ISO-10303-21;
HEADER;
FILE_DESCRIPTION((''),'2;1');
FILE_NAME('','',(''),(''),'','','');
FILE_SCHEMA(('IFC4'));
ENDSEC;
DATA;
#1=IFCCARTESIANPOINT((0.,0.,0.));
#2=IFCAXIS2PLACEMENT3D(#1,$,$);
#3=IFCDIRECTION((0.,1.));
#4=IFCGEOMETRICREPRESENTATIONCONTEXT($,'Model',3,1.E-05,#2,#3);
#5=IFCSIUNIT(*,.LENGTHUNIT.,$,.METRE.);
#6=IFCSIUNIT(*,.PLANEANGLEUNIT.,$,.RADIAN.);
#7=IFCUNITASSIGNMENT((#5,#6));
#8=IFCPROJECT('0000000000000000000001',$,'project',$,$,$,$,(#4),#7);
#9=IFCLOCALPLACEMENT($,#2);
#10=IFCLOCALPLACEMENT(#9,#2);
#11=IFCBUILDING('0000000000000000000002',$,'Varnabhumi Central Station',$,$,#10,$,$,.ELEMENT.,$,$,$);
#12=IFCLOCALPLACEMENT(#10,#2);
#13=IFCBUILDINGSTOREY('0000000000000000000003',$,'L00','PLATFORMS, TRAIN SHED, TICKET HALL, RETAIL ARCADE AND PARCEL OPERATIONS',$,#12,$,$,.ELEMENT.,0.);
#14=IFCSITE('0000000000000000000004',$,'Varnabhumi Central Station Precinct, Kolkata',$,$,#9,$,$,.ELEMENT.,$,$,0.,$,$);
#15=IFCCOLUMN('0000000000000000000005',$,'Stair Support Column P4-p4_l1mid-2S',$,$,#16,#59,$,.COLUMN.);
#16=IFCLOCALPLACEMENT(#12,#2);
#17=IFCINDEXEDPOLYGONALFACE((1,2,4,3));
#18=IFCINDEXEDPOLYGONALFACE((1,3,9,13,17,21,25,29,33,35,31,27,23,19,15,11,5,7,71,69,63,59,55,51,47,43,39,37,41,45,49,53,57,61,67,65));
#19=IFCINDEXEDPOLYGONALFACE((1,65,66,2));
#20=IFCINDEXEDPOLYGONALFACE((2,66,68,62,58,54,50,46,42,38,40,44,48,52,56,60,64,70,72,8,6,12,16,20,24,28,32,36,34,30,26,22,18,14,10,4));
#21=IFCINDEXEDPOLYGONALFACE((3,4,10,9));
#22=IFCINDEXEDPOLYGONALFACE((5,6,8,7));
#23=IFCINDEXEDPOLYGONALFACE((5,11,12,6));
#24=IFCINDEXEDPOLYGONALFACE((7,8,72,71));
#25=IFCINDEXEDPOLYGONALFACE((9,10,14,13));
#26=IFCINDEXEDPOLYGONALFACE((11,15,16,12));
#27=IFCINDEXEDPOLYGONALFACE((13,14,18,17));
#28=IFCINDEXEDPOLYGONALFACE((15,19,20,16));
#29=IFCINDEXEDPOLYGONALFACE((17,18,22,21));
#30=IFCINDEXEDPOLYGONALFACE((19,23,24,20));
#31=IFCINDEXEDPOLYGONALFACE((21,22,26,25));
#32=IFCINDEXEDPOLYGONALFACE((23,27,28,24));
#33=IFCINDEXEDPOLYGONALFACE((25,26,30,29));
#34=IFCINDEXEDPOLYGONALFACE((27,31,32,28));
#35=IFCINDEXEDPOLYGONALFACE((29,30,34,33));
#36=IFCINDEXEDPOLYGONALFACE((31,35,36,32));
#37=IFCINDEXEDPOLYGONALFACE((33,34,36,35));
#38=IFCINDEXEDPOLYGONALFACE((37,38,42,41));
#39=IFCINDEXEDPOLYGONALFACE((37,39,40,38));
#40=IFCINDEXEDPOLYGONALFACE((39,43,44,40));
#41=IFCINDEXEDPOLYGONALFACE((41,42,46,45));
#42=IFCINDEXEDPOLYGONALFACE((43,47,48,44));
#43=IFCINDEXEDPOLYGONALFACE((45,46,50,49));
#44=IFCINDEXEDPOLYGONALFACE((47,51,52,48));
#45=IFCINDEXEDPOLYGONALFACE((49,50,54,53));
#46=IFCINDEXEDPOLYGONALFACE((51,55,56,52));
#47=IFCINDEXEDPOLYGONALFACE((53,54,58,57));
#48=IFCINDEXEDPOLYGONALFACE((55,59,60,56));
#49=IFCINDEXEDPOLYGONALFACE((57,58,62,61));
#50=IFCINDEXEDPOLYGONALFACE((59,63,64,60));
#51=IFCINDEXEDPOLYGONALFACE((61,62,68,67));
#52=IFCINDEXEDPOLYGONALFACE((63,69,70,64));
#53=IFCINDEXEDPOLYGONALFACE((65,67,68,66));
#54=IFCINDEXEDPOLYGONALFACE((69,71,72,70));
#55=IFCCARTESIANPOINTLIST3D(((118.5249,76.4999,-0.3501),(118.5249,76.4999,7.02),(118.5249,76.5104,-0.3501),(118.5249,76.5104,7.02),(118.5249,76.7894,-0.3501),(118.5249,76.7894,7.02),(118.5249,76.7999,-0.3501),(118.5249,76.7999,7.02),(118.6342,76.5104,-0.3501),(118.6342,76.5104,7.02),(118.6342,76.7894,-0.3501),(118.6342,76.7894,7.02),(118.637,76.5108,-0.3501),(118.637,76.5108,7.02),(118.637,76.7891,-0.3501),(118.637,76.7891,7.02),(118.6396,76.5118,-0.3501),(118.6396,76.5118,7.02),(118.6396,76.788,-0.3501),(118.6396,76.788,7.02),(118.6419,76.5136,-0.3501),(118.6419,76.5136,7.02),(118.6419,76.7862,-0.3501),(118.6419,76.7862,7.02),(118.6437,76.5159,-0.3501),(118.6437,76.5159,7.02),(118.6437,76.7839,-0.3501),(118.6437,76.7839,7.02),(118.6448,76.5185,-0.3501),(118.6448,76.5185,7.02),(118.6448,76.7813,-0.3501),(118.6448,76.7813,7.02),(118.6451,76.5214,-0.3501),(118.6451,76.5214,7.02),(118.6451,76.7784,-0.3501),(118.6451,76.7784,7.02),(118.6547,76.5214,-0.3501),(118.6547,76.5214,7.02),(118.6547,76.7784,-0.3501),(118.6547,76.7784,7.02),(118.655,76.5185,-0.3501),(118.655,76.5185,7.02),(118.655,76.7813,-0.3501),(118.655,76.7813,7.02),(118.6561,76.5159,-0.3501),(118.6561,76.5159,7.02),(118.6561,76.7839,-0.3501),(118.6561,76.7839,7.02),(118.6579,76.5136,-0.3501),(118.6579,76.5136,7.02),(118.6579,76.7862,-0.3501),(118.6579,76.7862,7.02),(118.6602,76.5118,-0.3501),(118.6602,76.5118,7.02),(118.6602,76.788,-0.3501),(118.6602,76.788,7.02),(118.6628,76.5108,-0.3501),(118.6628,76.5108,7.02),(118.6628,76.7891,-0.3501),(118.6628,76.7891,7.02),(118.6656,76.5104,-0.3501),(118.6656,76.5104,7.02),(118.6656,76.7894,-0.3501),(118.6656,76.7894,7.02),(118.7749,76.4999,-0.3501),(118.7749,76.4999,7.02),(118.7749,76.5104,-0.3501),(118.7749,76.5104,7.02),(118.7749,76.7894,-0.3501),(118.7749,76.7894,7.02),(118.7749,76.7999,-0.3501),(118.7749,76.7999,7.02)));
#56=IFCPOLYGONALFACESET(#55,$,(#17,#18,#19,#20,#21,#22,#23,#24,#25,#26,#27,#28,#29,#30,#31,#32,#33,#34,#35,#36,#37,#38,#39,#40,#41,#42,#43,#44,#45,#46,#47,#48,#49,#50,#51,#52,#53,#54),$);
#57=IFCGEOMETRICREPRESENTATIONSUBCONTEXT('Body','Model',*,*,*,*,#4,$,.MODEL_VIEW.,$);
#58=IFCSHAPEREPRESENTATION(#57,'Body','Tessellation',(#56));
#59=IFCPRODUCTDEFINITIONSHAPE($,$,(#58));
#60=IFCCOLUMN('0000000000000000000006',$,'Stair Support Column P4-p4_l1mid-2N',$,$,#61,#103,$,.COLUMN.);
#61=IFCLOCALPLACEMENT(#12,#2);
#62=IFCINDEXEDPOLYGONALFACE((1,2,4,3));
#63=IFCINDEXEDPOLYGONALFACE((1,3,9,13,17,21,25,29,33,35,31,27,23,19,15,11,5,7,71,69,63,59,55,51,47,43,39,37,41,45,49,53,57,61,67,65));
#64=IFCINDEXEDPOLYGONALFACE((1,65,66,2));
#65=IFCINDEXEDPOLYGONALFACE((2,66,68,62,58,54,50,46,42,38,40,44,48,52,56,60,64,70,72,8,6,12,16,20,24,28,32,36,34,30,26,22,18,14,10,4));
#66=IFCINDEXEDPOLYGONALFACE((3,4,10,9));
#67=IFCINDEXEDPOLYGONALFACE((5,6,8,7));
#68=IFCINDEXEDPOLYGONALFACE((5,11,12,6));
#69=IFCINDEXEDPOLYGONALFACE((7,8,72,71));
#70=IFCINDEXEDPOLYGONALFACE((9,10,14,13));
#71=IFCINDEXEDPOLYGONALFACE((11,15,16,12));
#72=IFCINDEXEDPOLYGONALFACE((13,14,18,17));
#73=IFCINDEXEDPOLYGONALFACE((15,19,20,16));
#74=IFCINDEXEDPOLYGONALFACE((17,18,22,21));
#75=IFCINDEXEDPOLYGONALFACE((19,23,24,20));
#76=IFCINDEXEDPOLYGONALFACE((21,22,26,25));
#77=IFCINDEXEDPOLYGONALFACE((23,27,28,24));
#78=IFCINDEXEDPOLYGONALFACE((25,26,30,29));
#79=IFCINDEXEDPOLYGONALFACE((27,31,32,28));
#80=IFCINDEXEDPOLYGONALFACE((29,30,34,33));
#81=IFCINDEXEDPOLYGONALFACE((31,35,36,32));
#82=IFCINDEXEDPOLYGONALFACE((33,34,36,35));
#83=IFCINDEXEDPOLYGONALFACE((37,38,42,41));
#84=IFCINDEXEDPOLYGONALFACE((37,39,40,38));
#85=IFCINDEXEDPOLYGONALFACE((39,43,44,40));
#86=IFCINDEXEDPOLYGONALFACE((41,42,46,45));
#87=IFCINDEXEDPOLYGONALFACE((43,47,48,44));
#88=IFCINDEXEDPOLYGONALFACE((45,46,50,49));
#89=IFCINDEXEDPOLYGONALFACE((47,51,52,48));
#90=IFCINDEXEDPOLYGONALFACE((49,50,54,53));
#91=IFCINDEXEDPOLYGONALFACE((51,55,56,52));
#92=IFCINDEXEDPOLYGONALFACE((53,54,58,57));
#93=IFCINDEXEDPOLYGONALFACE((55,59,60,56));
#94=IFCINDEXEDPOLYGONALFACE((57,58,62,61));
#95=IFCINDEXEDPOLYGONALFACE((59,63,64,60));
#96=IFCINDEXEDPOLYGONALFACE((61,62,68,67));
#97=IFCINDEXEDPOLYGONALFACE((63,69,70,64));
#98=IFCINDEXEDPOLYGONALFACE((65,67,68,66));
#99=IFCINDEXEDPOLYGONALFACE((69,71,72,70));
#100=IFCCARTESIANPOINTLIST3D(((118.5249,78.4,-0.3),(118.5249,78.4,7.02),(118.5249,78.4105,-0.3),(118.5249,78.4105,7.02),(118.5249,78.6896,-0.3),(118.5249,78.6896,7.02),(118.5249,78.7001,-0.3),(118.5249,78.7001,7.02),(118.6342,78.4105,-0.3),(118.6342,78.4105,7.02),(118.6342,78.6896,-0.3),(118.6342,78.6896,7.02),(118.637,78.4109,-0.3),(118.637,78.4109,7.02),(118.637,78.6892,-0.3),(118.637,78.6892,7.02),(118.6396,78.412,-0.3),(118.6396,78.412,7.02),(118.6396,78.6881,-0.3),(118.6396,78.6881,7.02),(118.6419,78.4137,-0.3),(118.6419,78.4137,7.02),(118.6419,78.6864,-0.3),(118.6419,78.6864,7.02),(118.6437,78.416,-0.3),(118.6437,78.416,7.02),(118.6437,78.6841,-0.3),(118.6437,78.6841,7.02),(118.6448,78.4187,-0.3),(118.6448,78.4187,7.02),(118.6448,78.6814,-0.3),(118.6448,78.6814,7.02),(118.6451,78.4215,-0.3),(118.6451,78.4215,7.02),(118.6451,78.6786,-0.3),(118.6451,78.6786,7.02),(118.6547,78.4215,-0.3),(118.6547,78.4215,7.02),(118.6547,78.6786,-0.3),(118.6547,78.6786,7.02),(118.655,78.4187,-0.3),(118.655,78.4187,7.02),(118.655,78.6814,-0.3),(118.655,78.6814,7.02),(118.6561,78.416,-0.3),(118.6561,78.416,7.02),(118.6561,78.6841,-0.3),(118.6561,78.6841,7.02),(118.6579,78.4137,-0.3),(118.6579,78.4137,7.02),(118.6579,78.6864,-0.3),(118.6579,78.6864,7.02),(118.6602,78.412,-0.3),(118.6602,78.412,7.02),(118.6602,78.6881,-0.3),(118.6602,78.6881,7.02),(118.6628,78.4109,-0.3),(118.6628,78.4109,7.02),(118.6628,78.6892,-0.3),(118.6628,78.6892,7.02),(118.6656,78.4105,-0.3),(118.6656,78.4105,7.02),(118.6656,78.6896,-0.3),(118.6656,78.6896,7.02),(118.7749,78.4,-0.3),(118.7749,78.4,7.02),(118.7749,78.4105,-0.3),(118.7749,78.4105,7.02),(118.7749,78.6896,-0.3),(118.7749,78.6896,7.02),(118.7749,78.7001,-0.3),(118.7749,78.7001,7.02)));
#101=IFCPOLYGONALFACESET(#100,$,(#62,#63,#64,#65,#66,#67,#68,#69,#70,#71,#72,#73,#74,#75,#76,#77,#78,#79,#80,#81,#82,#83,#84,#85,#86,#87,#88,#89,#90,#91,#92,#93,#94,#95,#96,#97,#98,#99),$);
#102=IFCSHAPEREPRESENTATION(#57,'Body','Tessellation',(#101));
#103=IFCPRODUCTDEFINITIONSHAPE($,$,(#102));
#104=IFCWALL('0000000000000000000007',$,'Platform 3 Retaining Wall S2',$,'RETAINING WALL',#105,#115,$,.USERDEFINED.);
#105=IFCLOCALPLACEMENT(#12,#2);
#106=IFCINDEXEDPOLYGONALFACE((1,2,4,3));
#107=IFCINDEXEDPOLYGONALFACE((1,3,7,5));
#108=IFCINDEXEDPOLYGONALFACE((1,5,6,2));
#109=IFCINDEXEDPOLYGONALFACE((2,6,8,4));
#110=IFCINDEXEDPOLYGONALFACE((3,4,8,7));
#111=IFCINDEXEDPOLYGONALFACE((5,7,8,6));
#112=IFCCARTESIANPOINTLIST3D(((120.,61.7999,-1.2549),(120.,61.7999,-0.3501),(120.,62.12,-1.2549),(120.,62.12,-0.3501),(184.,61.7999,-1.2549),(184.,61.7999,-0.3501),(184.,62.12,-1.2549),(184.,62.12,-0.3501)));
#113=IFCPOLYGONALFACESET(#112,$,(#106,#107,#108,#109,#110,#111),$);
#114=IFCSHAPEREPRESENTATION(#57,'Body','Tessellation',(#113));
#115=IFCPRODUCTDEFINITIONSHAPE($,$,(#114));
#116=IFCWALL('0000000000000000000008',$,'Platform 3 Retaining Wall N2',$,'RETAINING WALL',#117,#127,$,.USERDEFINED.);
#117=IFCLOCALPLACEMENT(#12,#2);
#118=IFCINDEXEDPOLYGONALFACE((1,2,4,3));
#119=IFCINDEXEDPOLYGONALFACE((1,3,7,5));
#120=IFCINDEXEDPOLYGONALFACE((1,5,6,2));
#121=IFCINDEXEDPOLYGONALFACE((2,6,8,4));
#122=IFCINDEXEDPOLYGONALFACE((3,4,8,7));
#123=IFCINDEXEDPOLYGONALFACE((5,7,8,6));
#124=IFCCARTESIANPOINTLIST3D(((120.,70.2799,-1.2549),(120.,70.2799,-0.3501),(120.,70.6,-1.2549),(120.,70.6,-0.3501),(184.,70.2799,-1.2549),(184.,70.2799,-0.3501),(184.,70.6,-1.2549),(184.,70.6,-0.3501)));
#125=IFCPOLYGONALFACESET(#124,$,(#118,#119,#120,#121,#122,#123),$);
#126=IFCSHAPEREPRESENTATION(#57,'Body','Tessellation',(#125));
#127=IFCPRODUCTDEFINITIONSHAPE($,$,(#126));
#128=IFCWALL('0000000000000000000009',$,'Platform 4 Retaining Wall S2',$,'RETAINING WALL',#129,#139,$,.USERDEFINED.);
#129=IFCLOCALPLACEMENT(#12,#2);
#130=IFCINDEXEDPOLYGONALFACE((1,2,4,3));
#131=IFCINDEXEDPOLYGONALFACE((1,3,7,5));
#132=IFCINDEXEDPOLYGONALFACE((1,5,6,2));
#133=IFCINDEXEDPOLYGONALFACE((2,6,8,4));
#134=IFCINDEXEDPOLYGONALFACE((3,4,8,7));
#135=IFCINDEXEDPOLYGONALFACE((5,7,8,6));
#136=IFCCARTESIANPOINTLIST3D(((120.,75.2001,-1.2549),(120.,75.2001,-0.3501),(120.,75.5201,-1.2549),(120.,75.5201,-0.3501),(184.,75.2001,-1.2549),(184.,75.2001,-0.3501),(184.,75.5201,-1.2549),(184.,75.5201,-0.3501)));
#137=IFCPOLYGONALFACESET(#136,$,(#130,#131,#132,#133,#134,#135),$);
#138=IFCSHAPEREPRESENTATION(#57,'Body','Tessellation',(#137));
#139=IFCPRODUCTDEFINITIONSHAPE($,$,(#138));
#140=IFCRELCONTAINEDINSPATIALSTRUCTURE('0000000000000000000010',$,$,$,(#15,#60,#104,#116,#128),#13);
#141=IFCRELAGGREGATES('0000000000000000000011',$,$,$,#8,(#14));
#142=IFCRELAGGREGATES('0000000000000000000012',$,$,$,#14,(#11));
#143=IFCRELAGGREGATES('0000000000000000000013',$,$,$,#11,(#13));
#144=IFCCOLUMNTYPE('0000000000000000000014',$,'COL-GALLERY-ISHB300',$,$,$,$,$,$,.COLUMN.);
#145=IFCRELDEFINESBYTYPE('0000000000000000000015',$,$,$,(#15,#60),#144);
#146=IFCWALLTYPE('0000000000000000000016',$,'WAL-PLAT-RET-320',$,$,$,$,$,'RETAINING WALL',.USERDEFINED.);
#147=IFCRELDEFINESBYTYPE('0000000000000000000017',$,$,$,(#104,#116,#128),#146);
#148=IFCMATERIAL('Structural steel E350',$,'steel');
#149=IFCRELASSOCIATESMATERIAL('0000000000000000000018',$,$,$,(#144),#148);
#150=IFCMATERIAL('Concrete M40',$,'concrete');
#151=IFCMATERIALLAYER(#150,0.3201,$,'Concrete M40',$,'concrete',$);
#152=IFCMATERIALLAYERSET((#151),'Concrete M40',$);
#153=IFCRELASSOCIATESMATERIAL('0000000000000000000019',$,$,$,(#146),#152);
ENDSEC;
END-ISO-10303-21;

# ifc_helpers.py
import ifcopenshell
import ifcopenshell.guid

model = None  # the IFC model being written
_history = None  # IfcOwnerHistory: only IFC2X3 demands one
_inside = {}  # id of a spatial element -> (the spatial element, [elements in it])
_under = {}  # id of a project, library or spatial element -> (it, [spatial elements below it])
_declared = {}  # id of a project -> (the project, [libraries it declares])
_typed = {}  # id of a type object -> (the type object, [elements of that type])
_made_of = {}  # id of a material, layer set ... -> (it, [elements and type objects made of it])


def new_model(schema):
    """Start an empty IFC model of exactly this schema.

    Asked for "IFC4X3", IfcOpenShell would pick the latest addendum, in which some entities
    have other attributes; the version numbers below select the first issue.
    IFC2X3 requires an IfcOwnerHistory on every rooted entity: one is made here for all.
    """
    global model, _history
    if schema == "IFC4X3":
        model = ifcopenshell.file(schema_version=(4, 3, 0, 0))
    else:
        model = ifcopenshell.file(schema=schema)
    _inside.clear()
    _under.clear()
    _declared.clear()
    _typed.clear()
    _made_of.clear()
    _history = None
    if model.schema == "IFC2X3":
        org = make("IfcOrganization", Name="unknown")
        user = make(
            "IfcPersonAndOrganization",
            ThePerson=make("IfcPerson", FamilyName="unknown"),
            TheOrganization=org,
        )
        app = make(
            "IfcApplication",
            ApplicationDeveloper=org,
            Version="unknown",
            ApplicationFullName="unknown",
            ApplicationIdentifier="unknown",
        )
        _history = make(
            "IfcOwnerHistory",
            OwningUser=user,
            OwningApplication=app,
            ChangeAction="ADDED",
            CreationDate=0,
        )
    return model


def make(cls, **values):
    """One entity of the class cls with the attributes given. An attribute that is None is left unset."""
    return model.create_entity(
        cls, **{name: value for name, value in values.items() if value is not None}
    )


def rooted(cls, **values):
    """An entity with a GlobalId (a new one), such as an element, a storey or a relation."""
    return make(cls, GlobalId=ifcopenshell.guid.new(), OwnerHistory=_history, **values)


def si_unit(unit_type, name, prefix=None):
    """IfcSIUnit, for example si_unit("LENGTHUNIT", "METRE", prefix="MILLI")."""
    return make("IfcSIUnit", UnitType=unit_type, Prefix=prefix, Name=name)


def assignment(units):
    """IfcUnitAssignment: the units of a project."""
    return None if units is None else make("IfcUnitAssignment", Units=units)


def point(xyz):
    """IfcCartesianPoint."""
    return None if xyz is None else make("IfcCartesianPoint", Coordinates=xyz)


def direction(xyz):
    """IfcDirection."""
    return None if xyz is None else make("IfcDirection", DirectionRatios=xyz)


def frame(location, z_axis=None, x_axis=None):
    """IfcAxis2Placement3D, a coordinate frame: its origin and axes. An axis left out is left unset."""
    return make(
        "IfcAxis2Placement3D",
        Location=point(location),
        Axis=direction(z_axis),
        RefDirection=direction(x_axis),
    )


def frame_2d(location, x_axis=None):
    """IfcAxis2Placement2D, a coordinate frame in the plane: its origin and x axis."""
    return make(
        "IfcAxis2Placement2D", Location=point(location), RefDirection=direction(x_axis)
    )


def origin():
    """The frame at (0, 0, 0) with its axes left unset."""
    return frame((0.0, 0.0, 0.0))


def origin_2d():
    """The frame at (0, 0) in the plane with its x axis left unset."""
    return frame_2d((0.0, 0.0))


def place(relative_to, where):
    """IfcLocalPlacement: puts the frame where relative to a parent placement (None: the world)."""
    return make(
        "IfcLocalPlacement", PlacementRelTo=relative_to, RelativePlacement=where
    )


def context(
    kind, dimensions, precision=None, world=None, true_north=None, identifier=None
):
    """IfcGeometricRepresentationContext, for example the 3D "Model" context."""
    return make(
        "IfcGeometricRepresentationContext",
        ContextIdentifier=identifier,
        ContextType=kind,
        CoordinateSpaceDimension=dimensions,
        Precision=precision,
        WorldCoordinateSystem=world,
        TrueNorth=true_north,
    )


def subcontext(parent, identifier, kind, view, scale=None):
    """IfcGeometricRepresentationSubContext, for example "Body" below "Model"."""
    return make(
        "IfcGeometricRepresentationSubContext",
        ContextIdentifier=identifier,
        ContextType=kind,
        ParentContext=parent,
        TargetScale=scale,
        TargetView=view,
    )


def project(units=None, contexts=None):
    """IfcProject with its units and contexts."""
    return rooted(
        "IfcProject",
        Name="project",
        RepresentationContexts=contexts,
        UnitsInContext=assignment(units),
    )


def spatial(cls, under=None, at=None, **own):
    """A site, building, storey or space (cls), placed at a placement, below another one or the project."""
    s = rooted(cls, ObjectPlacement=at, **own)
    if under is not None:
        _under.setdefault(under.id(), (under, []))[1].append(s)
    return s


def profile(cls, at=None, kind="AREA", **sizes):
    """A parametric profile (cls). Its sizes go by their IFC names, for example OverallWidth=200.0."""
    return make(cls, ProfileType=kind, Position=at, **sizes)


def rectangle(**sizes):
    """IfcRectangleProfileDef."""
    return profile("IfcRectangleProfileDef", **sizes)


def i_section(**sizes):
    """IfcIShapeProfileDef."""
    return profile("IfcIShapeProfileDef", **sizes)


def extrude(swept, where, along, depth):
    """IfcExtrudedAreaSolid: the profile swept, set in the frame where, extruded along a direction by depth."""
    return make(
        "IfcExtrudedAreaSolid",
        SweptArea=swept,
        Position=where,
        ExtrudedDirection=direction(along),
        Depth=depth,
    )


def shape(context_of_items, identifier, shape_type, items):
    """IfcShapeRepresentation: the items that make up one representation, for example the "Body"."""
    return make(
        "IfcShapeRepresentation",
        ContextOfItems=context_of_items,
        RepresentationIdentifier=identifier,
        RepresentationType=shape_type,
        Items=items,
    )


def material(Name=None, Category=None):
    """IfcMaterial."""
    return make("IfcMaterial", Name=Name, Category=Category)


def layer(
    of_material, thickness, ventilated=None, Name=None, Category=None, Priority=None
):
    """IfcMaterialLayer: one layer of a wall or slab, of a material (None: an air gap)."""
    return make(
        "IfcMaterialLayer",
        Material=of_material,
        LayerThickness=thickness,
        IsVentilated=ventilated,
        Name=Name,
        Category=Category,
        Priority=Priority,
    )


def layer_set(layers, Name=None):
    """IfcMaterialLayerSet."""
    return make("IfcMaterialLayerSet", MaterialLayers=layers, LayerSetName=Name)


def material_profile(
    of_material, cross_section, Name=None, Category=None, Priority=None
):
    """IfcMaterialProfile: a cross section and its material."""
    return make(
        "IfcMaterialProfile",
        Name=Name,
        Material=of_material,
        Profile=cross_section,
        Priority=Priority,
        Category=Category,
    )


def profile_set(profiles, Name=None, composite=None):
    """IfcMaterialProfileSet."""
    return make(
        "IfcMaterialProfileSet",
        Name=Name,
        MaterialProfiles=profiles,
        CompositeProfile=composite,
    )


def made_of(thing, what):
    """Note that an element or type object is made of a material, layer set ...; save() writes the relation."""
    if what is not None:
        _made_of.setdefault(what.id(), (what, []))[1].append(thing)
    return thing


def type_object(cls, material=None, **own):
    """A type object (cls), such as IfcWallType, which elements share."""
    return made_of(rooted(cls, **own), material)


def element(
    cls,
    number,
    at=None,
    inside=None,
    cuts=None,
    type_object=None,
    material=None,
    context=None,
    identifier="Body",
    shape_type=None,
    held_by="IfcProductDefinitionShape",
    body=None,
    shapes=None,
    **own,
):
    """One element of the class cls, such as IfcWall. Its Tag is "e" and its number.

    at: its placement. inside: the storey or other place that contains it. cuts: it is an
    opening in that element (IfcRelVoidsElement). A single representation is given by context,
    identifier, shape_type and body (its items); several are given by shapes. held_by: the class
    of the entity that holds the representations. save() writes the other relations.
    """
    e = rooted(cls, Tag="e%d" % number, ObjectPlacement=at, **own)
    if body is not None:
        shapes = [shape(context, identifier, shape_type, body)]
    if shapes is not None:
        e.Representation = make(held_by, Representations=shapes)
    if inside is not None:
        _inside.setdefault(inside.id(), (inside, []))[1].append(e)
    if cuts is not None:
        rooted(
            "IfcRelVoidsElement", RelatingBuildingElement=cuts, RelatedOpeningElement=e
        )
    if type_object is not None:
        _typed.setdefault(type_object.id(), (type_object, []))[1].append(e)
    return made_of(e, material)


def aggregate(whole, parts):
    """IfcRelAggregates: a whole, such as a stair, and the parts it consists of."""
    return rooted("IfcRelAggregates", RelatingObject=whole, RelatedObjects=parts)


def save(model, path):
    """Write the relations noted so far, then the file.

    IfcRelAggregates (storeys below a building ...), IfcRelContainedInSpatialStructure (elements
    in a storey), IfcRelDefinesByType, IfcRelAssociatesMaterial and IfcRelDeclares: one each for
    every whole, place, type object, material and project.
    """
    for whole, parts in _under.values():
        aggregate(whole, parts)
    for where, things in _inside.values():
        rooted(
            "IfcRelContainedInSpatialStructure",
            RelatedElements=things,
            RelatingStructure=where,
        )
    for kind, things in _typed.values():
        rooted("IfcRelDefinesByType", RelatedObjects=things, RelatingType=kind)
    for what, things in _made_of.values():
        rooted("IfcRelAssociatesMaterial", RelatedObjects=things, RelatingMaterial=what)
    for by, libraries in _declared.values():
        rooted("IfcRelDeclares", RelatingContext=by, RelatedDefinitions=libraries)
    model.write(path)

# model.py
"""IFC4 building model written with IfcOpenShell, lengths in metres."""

from ifc_helpers import new_model, si_unit, direction, frame, frame_2d, origin, origin_2d, place, context, subcontext, project, spatial, rectangle, i_section, extrude, material, layer, layer_set, material_profile, profile_set, type_object, element, save


model = new_model("IFC4")

# Units and contexts
model_context = context("Model", 3, precision=1e-05, world=origin(), true_north=direction((0.0, 1.0)))
body_context = subcontext(model_context, "Body", "Model", "MODEL_VIEW")
ifc_project = project(units=[si_unit("LENGTHUNIT", "METRE"), si_unit("PLANEANGLEUNIT", "RADIAN")], contexts=[model_context])

# Site, building, storey
site_placement = place(None, origin())
site = spatial("IfcSite", under=ifc_project, at=site_placement, Name="Varnabhumi Central Station Precinct, Kolkata", CompositionType="ELEMENT", RefElevation=0.0)
building_placement = place(site_placement, origin())
building = spatial("IfcBuilding", under=site, at=building_placement, Name="Varnabhumi Central Station", CompositionType="ELEMENT")
storey_placement = place(building_placement, origin())
storey = spatial("IfcBuildingStorey", under=building, at=storey_placement, Name="L00", Description="PLATFORMS, TRAIN SHED, TICKET HALL, RETAIL ARCADE AND PARCEL OPERATIONS", CompositionType="ELEMENT", Elevation=0.0)

# Shared definitions
ifc_material_1 = material(Name="Concrete M40", Category="concrete")

# Columns
ifc_material_2 = material(Name="Structural steel E350", Category="steel")
ifc_material_profile_1 = material_profile(ifc_material_2, i_section(OverallWidth=0.25, OverallDepth=0.3, WebThickness=0.0095, FlangeThickness=0.0105, FilletRadius=0.011, at=origin_2d()), Name="Structural steel E350", Category="steel")
ifc_profile_set_1 = profile_set([ifc_material_profile_1], Name="Structural steel E350")
column_type = type_object("IfcColumnType", Name="COL-GALLERY-ISHB300", PredefinedType="COLUMN", material=ifc_profile_set_1)
for number, where, z_axis, x_axis, name in (
    (1, (118.6499, 76.6499, -0.3501), (0.0, 0.0, 1.0), (1.0, 0.0, 0.0), "Stair Support Column P4-p4_l1mid-2S"),
):
    element("IfcColumn", number, at=place(storey_placement, frame(where, z_axis=z_axis, x_axis=x_axis)), inside=storey, type_object=column_type, Name=name, PredefinedType="COLUMN", context=body_context, shape_type="SweptSolid", body=[
        extrude(i_section(OverallWidth=0.25, OverallDepth=0.3, WebThickness=0.0095, FlangeThickness=0.0105, FilletRadius=0.011, at=origin_2d()), origin(), (0.0, 0.0, 1.0), 7.3701),
    ])
column_placement = place(storey_placement, frame((118.6499, 78.55, -0.3), z_axis=(0.0, 0.0, 1.0), x_axis=(1.0, 0.0, 0.0)))
element("IfcColumn", 2, at=column_placement, inside=storey, type_object=column_type, Name="Stair Support Column P4-p4_l1mid-2N", PredefinedType="COLUMN", context=body_context, shape_type="SweptSolid", body=[
    extrude(i_section(OverallWidth=0.25, OverallDepth=0.3, WebThickness=0.0095, FlangeThickness=0.0105, FilletRadius=0.011, at=origin_2d()), origin(), (0.0, 0.0, 1.0), 7.3201),
])

# Walls
ifc_layer = layer(ifc_material_1, 0.3201, Name="Concrete M40", Category="concrete")
ifc_layer_set = layer_set([ifc_layer], Name="Concrete M40")
wall_type = type_object("IfcWallType", Name="WAL-PLAT-RET-320", ElementType="RETAINING WALL", PredefinedType="USERDEFINED", material=ifc_layer_set)
for number, where, z_axis, x_axis, name in (
    (3, (120.0, 61.96, -1.2549), (0.0, 0.0, 1.0), (1.0, 0.0, 0.0), "Platform 3 Retaining Wall S2"),
    (4, (120.0, 70.4399, -1.2549), (0.0, 0.0, 1.0), (1.0, 0.0, 0.0), "Platform 3 Retaining Wall N2"),
    (5, (120.0, 75.3601, -1.2549), (0.0, 0.0, 1.0), (1.0, 0.0, 0.0), "Platform 4 Retaining Wall S2"),
):
    element("IfcWall", number, at=place(storey_placement, frame(where, z_axis=z_axis, x_axis=x_axis)), inside=storey, type_object=wall_type, Name=name, ObjectType="RETAINING WALL", PredefinedType="USERDEFINED", context=body_context, shape_type="SweptSolid", body=[
        extrude(rectangle(XDim=64.0, YDim=0.3201, at=frame_2d((32.0, 0.0))), origin(), (0.0, 0.0, 1.0), 0.9048),
    ])

save(model, "model.ifc")
